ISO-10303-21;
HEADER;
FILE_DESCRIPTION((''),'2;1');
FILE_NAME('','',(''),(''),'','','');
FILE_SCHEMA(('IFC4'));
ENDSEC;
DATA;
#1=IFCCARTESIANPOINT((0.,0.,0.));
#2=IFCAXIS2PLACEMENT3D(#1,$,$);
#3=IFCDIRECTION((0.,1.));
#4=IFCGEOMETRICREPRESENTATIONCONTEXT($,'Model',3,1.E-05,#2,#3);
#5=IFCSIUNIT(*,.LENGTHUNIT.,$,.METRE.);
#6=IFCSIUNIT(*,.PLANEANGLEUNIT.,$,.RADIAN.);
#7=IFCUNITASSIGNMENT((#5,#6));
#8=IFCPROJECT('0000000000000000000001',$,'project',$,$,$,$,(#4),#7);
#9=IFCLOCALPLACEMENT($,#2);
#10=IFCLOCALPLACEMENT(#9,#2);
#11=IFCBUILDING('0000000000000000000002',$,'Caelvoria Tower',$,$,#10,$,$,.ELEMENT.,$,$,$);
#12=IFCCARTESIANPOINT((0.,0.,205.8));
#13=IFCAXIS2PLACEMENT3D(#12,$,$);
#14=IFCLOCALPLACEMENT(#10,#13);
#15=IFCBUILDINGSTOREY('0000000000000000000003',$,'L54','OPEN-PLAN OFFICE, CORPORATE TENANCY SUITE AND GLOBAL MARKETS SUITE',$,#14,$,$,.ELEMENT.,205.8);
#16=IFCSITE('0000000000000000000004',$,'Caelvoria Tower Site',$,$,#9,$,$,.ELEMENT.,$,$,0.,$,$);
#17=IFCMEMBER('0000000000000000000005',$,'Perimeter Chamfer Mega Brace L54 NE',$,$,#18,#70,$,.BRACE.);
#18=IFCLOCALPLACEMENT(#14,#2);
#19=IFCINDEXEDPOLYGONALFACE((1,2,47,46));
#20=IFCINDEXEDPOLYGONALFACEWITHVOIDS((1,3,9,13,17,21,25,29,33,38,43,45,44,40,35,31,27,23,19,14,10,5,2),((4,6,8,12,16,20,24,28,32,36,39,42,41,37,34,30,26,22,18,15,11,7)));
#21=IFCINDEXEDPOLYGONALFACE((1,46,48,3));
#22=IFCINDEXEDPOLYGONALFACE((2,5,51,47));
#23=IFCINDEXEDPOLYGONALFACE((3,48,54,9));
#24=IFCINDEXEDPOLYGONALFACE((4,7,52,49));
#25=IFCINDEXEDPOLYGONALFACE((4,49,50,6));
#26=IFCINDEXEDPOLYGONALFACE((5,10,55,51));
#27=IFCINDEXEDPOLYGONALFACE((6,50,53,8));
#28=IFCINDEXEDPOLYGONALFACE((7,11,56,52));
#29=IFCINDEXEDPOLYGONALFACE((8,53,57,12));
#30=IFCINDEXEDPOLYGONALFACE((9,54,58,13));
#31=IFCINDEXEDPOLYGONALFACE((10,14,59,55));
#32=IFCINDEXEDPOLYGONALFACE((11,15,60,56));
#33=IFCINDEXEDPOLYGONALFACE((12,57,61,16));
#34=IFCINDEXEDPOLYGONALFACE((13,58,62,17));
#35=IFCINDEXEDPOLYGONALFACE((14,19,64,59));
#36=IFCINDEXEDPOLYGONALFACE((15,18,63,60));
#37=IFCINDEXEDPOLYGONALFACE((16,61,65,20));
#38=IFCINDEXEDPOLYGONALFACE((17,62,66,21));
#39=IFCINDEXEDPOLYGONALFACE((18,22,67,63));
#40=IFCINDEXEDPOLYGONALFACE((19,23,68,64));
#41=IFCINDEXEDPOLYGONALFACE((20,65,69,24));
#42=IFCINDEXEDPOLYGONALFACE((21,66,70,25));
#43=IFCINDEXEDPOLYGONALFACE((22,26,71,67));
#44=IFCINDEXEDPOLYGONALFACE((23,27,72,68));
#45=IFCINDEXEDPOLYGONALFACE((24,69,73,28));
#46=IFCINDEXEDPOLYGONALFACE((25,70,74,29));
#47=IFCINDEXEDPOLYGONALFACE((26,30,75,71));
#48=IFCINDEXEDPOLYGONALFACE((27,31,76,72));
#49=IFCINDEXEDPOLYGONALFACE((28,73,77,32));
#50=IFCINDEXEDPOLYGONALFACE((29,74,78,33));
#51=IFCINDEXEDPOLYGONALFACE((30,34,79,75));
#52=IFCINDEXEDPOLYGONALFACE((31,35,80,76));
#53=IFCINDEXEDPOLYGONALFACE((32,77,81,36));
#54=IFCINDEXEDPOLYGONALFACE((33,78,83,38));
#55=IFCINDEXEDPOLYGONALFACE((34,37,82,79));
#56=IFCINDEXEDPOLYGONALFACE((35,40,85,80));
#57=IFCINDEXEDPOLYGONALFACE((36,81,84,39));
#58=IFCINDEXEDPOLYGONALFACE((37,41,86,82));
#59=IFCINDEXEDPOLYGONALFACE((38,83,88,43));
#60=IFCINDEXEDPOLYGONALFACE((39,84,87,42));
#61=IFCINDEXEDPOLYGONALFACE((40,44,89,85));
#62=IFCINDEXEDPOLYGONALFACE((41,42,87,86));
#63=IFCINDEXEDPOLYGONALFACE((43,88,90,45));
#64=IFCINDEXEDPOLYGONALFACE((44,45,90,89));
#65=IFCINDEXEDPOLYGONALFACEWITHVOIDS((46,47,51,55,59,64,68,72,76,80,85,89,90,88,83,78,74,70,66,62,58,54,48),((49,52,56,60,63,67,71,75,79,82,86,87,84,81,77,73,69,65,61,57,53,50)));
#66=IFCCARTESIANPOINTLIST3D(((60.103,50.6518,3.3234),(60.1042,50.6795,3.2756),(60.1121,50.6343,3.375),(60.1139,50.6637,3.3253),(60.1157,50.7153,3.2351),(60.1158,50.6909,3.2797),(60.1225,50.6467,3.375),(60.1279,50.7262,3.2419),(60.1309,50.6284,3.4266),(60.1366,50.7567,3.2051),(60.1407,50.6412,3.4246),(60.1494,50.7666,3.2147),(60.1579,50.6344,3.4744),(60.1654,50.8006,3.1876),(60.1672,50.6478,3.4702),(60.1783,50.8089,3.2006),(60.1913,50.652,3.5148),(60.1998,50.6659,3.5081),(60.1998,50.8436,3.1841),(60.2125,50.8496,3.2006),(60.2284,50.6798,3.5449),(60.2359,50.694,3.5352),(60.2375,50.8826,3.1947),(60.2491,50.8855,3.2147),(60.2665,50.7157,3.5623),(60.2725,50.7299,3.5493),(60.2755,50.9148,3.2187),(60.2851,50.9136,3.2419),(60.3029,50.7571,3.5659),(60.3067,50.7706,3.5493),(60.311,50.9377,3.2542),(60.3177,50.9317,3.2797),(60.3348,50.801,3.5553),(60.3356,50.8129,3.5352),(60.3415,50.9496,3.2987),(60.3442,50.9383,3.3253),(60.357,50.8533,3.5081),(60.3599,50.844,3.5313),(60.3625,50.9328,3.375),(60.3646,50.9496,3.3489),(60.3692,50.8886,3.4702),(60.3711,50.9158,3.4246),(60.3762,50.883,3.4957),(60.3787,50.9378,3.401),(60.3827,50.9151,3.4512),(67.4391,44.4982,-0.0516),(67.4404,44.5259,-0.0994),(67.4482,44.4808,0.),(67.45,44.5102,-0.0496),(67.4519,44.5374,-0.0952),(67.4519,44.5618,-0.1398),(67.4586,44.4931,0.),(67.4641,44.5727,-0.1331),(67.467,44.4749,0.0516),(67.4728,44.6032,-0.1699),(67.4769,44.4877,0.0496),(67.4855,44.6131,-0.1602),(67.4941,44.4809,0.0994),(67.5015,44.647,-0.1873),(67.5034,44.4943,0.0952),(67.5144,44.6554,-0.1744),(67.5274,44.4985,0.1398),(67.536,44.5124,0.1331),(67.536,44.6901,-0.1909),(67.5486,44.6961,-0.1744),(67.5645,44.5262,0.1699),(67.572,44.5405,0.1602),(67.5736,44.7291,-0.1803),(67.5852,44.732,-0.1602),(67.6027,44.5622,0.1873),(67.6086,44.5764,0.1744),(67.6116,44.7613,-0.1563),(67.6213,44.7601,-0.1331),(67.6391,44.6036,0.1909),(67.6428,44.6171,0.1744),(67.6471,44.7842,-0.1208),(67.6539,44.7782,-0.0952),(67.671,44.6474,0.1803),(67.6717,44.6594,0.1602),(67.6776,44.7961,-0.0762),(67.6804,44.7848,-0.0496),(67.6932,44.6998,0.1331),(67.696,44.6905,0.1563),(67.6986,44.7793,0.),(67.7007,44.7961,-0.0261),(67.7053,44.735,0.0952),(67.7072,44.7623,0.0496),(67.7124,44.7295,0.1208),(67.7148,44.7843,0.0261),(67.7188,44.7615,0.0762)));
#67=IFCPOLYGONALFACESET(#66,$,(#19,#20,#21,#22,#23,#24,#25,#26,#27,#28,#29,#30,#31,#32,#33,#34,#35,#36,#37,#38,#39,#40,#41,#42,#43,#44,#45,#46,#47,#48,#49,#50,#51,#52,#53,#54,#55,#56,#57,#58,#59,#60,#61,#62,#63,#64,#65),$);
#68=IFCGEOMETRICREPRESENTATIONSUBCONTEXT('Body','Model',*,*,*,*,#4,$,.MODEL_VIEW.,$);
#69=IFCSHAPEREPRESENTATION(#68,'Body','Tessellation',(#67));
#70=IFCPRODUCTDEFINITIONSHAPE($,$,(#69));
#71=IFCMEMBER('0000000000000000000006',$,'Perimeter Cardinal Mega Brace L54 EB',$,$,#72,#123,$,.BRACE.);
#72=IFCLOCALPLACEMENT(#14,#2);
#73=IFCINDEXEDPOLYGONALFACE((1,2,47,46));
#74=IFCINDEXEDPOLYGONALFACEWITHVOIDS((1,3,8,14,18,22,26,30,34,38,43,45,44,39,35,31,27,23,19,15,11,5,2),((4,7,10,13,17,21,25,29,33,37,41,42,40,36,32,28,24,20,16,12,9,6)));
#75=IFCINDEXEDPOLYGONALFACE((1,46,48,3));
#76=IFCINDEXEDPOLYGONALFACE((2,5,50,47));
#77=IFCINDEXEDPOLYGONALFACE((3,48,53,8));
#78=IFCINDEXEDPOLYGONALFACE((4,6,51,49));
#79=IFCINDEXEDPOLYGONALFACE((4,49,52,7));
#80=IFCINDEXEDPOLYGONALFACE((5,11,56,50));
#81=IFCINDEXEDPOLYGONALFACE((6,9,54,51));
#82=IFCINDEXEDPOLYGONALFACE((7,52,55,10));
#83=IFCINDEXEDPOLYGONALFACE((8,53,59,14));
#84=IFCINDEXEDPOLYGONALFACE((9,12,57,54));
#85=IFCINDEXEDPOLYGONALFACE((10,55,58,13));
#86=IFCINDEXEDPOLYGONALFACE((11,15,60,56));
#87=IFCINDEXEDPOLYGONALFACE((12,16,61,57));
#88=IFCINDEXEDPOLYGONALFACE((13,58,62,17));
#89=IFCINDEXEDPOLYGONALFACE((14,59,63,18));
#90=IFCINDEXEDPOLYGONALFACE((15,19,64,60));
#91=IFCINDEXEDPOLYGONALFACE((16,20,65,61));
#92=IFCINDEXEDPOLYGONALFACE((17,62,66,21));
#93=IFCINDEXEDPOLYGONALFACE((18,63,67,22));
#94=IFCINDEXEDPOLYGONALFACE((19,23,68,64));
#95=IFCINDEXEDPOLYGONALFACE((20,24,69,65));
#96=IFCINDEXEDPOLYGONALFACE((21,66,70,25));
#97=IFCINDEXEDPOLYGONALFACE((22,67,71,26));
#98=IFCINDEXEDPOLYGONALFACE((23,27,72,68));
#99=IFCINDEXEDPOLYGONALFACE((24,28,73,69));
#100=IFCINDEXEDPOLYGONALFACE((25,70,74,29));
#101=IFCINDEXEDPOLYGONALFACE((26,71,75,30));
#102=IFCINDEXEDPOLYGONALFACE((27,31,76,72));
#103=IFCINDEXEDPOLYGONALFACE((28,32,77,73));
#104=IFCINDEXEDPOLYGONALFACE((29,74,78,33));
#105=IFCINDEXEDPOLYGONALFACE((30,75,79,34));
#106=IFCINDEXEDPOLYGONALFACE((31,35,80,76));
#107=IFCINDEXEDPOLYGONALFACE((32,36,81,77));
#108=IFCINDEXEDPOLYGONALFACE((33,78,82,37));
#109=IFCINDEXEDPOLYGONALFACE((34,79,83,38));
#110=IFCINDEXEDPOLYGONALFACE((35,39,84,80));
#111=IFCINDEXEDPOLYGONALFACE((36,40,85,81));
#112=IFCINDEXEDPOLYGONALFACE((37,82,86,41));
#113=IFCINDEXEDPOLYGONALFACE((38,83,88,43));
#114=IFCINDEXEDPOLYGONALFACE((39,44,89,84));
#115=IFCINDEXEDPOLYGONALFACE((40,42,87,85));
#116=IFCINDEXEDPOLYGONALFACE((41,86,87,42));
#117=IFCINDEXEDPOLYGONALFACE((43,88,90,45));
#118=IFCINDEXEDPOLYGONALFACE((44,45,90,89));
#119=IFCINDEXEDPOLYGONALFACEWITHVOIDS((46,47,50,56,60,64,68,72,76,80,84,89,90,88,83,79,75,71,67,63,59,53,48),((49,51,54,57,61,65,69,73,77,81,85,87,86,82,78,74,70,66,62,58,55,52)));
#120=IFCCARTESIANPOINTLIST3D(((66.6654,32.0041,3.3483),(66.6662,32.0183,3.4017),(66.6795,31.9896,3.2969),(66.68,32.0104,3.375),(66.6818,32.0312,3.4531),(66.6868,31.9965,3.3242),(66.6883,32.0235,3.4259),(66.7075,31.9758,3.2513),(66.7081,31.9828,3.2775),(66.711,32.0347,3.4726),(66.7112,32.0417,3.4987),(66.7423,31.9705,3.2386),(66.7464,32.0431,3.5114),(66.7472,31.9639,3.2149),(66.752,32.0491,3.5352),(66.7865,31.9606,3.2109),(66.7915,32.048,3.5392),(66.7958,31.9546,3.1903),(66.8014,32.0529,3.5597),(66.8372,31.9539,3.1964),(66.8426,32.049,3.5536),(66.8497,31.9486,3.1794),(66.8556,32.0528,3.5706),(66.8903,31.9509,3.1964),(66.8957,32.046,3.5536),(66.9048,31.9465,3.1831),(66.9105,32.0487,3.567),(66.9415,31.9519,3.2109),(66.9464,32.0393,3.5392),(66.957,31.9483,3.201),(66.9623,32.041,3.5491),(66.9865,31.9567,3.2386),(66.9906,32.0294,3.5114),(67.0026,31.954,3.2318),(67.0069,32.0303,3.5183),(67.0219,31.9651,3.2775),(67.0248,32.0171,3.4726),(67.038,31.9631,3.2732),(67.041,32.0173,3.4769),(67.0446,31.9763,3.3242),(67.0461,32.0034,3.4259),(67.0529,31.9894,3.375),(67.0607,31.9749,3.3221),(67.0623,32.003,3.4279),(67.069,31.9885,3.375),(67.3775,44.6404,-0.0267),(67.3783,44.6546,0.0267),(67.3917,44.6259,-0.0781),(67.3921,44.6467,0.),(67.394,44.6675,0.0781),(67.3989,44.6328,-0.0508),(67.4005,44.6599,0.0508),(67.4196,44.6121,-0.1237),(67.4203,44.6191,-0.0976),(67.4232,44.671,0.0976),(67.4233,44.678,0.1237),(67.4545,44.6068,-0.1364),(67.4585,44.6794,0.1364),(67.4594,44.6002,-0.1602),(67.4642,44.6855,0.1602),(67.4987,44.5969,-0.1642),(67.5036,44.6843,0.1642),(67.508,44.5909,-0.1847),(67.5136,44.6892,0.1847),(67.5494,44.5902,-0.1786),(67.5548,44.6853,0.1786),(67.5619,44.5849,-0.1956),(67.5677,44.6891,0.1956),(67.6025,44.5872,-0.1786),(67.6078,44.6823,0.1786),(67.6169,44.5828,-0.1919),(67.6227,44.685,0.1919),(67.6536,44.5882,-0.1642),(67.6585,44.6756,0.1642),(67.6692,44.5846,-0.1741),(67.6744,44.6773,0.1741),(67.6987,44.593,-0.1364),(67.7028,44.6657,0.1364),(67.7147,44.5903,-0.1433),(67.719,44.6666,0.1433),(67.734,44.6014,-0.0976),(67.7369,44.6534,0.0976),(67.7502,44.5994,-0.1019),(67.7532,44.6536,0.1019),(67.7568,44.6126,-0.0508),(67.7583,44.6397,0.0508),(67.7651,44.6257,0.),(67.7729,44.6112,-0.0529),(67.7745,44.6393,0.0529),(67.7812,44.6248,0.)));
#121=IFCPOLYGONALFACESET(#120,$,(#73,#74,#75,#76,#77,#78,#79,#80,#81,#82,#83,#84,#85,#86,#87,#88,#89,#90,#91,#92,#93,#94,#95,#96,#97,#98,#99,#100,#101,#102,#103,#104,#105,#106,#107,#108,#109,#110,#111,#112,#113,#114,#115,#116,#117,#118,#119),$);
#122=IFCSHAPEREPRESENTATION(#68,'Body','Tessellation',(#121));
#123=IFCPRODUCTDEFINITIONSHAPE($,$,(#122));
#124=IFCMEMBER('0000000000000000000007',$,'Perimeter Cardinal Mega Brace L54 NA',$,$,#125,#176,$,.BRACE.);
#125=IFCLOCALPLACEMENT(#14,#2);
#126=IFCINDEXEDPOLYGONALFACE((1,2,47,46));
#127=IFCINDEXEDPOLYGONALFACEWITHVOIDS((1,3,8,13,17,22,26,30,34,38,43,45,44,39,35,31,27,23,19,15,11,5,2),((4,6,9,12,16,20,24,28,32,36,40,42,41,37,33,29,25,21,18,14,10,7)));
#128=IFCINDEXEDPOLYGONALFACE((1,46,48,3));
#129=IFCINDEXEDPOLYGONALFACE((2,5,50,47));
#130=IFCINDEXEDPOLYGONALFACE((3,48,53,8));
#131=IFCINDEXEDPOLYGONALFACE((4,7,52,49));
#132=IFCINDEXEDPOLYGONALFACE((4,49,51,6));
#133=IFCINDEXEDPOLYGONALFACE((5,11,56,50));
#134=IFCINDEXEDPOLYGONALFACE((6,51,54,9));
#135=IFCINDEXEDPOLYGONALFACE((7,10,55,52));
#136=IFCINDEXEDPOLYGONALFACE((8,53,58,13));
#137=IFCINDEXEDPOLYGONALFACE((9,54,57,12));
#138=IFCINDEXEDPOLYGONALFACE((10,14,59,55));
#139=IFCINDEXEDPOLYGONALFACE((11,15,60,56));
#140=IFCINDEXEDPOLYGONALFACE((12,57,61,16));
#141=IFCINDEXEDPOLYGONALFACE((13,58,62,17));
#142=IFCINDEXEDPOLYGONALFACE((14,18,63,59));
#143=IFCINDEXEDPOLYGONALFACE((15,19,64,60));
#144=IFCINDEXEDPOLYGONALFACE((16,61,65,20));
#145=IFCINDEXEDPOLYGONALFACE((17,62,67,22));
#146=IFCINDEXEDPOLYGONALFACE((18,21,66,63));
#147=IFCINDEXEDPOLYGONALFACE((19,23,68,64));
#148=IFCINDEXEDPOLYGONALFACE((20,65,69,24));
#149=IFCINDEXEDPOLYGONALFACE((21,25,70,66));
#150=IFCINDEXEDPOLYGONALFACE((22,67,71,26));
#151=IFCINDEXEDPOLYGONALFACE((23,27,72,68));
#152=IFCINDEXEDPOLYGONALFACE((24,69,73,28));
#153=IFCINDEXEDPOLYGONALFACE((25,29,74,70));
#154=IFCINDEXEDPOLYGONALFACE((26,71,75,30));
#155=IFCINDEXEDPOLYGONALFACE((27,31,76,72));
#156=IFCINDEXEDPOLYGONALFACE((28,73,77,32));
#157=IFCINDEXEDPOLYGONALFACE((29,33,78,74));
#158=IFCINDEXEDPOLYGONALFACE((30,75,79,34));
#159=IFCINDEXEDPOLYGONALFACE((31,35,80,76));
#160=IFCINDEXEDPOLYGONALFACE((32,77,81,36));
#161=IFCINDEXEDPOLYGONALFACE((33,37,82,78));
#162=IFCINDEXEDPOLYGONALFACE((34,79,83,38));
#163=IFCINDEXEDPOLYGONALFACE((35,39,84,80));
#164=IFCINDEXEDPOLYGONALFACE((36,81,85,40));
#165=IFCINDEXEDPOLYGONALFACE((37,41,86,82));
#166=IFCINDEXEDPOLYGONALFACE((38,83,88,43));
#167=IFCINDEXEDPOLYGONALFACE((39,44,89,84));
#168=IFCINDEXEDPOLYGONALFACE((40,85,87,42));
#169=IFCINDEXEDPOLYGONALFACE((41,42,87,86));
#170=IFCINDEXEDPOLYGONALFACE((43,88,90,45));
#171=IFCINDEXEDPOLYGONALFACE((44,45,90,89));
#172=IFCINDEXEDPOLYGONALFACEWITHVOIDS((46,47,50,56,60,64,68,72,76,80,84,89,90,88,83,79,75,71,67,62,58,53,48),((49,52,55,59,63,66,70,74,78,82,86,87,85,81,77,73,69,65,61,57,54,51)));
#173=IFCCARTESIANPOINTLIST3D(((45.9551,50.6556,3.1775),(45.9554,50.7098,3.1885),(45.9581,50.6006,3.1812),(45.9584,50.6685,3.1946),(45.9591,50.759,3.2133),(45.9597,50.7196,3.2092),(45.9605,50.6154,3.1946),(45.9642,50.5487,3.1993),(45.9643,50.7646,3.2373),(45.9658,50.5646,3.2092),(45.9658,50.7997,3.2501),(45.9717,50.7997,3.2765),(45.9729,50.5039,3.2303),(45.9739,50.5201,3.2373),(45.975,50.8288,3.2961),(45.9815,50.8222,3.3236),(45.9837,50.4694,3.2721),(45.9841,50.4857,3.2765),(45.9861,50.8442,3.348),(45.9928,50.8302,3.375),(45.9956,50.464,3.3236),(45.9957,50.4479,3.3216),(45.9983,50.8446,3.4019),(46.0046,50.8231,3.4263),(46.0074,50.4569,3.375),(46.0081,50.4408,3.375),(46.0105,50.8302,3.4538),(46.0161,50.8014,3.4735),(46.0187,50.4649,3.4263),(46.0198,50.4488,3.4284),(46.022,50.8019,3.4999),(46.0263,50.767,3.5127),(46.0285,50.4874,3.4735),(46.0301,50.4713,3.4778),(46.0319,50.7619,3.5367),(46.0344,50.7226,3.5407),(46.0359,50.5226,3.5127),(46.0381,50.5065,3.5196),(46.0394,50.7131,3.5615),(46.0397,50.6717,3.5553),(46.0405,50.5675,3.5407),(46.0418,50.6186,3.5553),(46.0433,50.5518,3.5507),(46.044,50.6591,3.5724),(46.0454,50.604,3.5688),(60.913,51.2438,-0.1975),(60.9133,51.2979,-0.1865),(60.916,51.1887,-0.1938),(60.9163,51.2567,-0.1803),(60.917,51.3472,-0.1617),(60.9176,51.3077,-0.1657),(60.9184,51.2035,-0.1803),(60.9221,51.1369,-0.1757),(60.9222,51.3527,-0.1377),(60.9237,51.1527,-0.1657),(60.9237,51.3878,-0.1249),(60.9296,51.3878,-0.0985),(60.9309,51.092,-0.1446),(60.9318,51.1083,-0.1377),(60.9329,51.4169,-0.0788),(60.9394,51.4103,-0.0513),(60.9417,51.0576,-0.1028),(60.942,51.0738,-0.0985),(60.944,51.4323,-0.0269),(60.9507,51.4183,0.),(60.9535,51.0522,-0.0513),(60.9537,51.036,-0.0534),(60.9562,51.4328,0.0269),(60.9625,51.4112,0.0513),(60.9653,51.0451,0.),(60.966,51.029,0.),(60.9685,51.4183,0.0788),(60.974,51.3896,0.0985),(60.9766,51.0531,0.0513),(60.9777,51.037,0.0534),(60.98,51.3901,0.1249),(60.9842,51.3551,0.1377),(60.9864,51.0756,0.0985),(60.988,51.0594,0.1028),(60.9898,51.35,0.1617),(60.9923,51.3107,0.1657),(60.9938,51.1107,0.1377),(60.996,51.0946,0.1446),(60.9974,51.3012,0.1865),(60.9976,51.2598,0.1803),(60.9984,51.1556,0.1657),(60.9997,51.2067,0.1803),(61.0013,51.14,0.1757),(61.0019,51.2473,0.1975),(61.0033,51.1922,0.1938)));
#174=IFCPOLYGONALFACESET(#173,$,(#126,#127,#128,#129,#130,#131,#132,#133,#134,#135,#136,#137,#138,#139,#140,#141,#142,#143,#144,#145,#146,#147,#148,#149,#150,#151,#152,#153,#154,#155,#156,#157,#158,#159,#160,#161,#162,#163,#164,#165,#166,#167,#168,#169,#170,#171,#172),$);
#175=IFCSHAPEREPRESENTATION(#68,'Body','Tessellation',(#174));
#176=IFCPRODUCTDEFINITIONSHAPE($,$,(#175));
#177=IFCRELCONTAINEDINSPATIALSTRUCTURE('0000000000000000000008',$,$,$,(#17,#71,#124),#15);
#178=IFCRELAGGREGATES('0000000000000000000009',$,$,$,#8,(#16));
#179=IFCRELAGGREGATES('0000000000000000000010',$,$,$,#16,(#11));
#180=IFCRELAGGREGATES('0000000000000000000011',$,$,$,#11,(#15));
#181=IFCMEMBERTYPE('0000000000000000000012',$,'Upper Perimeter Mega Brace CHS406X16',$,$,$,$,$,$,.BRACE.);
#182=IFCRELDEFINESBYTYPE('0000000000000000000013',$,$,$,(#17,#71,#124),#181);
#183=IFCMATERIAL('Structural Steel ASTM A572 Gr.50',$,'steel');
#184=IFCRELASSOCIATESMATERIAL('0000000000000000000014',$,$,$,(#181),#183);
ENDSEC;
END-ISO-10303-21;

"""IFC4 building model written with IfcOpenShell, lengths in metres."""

from ifc_helpers import new_model, si_unit, direction, frame, origin, origin_2d, place, context, subcontext, project, spatial, hollow_circle, extrude, material, material_profile, profile_set, type_object, element, save


model = new_model("IFC4")

# Units and contexts
model_context = context("Model", 3, precision=1e-05, world=origin(), true_north=direction((0.0, 1.0)))
body_context = subcontext(model_context, "Body", "Model", "MODEL_VIEW")
ifc_project = project(units=[si_unit("LENGTHUNIT", "METRE"), si_unit("PLANEANGLEUNIT", "RADIAN")], contexts=[model_context])

# Site, building, storey
site_placement = place(None, origin())
site = spatial("IfcSite", under=ifc_project, at=site_placement, Name="Caelvoria Tower Site", CompositionType="ELEMENT", RefElevation=0.0)
building_placement = place(site_placement, origin())
building = spatial("IfcBuilding", under=site, at=building_placement, Name="Caelvoria Tower", CompositionType="ELEMENT")
storey_placement = place(building_placement, frame((0.0, 0.0, 205.8)))
storey = spatial("IfcBuildingStorey", under=building, at=storey_placement, Name="L54", Description="OPEN-PLAN OFFICE, CORPORATE TENANCY SUITE AND GLOBAL MARKETS SUITE", CompositionType="ELEMENT", Elevation=205.8)

# Shared definitions
ifc_material_1 = material(Name="Structural Steel ASTM A572 Gr.50", Category="steel")

# Members
ifc_material_profile_1 = material_profile(ifc_material_1, hollow_circle(Radius=0.2029, WallThickness=0.0161, at=origin_2d()), Name="Structural Steel ASTM A572 Gr.50")
ifc_profile_set_1 = profile_set([ifc_material_profile_1], Name="CHS406X16 - Structural Steel ASTM A572 Gr.50")
member_type = type_object("IfcMemberType", Name="Upper Perimeter Mega Brace CHS406X16", PredefinedType="BRACE", material=ifc_profile_set_1)
member_1_placement = place(storey_placement, frame((67.5786, 44.6362, 0.0), z_axis=(-0.722587, 0.606104, 0.332425), x_axis=(-0.642651, -0.766159, 0.0)))
element("IfcMember", 1, at=member_1_placement, inside=storey, type_object=member_type, Name="Perimeter Chamfer Mega Brace L54 NE", PredefinedType="BRACE", context=body_context, shape_type="SweptSolid", body=[
    extrude(hollow_circle(Radius=0.2029, WallThickness=0.0161, at=origin_2d()), origin(), (0.0, 0.0, 1.0), 10.1526),
])
member_2_placement = place(storey_placement, frame((67.5786, 44.6362, 0.0), z_axis=(-0.054369, -0.964704, 0.257662), x_axis=(0.998416, -0.056269, 0.0)))
element("IfcMember", 2, at=member_2_placement, inside=storey, type_object=member_type, Name="Perimeter Cardinal Mega Brace L54 EB", PredefinedType="BRACE", context=body_context, shape_type="SweptSolid", body=[
    extrude(hollow_circle(Radius=0.2029, WallThickness=0.0161, at=origin_2d()), origin(), (0.0, 0.0, 1.0), 13.0986),
])
member_3_placement = place(storey_placement, frame((60.958, 51.2317, 0.0), z_axis=(-0.974761, -0.038327, 0.219937), x_axis=(0.039289, -0.999228, 0.0)))
element("IfcMember", 3, at=member_3_placement, inside=storey, type_object=member_type, Name="Perimeter Cardinal Mega Brace L54 NA", PredefinedType="BRACE", context=body_context, shape_type="SweptSolid", body=[
    extrude(hollow_circle(Radius=0.2029, WallThickness=0.0161, at=origin_2d()), origin(), (0.0, 0.0, 1.0), 15.3452),
])

save(model, "model.ifc")
